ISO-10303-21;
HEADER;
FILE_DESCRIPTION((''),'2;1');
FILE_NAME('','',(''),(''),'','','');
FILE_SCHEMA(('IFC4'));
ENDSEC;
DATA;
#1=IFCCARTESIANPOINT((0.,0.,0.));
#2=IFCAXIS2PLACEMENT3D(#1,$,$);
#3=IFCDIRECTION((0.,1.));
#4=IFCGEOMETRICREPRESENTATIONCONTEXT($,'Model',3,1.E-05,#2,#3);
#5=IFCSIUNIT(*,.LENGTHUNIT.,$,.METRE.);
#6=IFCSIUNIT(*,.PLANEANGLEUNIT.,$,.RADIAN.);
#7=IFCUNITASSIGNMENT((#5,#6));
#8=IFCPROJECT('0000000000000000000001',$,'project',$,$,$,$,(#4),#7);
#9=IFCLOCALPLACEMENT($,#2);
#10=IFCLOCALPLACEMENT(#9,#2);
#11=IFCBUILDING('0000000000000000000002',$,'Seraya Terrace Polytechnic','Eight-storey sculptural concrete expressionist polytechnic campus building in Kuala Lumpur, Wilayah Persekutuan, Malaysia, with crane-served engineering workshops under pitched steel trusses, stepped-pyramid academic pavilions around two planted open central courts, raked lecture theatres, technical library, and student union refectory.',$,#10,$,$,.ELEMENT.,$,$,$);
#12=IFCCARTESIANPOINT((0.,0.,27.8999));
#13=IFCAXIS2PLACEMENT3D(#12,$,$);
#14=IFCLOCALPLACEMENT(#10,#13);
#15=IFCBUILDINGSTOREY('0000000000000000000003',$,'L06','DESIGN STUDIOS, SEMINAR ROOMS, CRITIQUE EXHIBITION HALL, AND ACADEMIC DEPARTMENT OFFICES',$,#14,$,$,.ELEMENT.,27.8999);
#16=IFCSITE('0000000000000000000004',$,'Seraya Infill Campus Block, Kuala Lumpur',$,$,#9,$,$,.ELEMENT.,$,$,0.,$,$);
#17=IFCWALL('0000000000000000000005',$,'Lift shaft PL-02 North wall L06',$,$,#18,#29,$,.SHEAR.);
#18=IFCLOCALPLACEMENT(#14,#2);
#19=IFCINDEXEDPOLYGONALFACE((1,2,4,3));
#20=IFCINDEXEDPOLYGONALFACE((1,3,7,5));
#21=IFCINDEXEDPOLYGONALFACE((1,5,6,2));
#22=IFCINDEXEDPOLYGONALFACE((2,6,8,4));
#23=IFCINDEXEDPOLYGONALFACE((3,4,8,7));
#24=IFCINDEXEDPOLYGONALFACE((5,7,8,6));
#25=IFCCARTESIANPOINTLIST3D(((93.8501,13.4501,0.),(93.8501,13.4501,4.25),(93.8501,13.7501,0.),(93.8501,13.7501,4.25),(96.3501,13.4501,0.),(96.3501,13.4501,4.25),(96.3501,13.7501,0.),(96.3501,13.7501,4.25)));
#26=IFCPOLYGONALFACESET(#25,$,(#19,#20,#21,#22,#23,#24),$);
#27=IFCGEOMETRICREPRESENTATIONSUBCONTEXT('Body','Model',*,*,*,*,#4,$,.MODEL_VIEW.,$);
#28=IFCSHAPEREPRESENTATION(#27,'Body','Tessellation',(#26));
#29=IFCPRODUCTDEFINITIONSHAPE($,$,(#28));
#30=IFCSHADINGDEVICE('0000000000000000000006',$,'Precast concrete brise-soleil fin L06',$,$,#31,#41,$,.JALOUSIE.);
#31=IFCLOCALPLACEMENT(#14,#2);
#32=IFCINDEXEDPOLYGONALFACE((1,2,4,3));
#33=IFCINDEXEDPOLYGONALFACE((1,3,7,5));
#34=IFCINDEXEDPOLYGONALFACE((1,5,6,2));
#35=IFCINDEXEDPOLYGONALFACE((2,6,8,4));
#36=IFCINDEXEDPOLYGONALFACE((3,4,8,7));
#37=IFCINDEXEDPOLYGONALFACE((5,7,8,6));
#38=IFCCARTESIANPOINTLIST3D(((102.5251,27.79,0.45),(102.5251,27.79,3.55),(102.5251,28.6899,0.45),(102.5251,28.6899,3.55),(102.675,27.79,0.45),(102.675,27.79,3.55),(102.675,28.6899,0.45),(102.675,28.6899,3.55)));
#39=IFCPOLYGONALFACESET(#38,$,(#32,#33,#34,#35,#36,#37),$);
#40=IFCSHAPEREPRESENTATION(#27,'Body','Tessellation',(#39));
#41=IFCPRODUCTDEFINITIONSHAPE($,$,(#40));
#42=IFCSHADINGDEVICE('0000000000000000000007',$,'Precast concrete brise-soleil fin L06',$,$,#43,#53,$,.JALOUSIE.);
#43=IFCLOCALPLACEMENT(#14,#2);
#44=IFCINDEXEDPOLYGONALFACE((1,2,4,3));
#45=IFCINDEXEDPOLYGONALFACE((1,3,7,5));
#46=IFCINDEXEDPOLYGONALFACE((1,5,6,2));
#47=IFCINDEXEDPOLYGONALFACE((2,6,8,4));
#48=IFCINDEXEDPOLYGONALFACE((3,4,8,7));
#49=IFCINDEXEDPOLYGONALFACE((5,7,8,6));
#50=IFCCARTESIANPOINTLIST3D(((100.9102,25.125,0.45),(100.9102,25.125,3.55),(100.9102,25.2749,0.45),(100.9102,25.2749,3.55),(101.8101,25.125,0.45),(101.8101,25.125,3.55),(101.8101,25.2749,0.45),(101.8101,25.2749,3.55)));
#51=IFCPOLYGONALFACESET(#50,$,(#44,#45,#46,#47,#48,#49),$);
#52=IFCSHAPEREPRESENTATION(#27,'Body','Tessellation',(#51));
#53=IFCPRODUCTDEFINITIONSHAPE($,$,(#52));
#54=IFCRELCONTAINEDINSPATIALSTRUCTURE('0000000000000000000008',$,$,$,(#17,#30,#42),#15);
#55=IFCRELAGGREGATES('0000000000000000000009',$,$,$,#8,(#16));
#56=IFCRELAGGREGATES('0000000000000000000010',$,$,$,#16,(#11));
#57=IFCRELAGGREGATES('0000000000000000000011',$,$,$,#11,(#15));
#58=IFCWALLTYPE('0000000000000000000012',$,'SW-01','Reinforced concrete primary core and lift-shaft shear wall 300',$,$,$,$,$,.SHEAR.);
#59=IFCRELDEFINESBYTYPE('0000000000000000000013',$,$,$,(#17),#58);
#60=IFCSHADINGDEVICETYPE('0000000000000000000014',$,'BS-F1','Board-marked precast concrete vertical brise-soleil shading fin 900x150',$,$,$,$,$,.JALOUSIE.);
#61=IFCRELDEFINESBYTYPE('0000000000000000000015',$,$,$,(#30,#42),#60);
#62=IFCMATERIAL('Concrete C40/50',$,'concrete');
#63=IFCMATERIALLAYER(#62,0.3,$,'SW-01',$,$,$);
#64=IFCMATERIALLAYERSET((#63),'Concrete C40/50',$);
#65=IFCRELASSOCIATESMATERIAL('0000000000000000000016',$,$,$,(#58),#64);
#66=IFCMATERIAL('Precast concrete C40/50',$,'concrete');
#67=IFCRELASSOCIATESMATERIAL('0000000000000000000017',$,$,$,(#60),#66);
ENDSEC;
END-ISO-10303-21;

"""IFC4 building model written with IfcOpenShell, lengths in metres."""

from ifc_helpers import new_model, si_unit, direction, frame, frame_2d, origin, origin_2d, place, context, subcontext, project, spatial, rectangle, extrude, material, layer, layer_set, type_object, element, save


model = new_model("IFC4")

# Units and contexts
model_context = context("Model", 3, precision=1e-05, world=origin(), true_north=direction((0.0, 1.0)))
body_context = subcontext(model_context, "Body", "Model", "MODEL_VIEW")
ifc_project = project(units=[si_unit("LENGTHUNIT", "METRE"), si_unit("PLANEANGLEUNIT", "RADIAN")], contexts=[model_context])

# Site, building, storey
site_placement = place(None, origin())
site = spatial("IfcSite", under=ifc_project, at=site_placement, Name="Seraya Infill Campus Block, Kuala Lumpur", CompositionType="ELEMENT", RefElevation=0.0)
building_placement = place(site_placement, origin())
building = spatial("IfcBuilding", under=site, at=building_placement, Name="Seraya Terrace Polytechnic", Description="Eight-storey sculptural concrete expressionist polytechnic campus building in Kuala Lumpur, Wilayah Persekutuan, Malaysia, with crane-served engineering workshops under pitched steel trusses, stepped-pyramid academic pavilions around two planted open central courts, raked lecture theatres, technical library, and student union refectory.", CompositionType="ELEMENT")
storey_placement = place(building_placement, frame((0.0, 0.0, 27.8999)))
storey = spatial("IfcBuildingStorey", under=building, at=storey_placement, Name="L06", Description="DESIGN STUDIOS, SEMINAR ROOMS, CRITIQUE EXHIBITION HALL, AND ACADEMIC DEPARTMENT OFFICES", CompositionType="ELEMENT", Elevation=27.8999)

# Shared definitions
ifc_material_1 = material(Name="Concrete C40/50", Category="concrete")

# Shared definitions
ifc_material_2 = material(Name="Precast concrete C40/50", Category="concrete")

# Wall
ifc_layer_1 = layer(ifc_material_1, 0.3, Name="SW-01")
ifc_layer_set_1 = layer_set([ifc_layer_1], Name="Concrete C40/50")
wall_type_1 = type_object("IfcWallType", Name="SW-01", Description="Reinforced concrete primary core and lift-shaft shear wall 300", PredefinedType="SHEAR", material=ifc_layer_set_1)
wall_1_placement = place(storey_placement, frame((93.8501, 13.6001, 0.0), z_axis=(0.0, 0.0, 1.0), x_axis=(1.0, 0.0, 0.0)))
element("IfcWall", 1, at=wall_1_placement, inside=storey, type_object=wall_type_1, Name="Lift shaft PL-02 North wall L06", PredefinedType="SHEAR", context=body_context, shape_type="SweptSolid", body=[
    extrude(rectangle(XDim=2.5, YDim=0.3, at=frame_2d((1.25, 0.0))), origin(), (0.0, 0.0, 1.0), 4.25),
])

# Shading devices
shading_device_type = type_object("IfcShadingDeviceType", Name="BS-F1", Description="Board-marked precast concrete vertical brise-soleil shading fin 900x150", PredefinedType="JALOUSIE", material=ifc_material_2)
for number, where, z_axis, x_axis, name in (
    (2, (102.6001, 28.24, 0.45), (0.0, 0.0, 1.0), (0.0, -1.0, 0.0), "Precast concrete brise-soleil fin L06"),
    (3, (101.3601, 25.2, 0.45), (0.0, 0.0, 1.0), (1.0, 0.0, 0.0), "Precast concrete brise-soleil fin L06"),
):
    element("IfcShadingDevice", number, at=place(storey_placement, frame(where, z_axis=z_axis, x_axis=x_axis)), inside=storey, type_object=shading_device_type, Name=name, PredefinedType="JALOUSIE", context=body_context, shape_type="SweptSolid", body=[
        extrude(rectangle(XDim=0.8999, YDim=0.1499, at=origin_2d()), origin(), (0.0, 0.0, 1.0), 3.1001),
    ])

save(model, "model.ifc")
